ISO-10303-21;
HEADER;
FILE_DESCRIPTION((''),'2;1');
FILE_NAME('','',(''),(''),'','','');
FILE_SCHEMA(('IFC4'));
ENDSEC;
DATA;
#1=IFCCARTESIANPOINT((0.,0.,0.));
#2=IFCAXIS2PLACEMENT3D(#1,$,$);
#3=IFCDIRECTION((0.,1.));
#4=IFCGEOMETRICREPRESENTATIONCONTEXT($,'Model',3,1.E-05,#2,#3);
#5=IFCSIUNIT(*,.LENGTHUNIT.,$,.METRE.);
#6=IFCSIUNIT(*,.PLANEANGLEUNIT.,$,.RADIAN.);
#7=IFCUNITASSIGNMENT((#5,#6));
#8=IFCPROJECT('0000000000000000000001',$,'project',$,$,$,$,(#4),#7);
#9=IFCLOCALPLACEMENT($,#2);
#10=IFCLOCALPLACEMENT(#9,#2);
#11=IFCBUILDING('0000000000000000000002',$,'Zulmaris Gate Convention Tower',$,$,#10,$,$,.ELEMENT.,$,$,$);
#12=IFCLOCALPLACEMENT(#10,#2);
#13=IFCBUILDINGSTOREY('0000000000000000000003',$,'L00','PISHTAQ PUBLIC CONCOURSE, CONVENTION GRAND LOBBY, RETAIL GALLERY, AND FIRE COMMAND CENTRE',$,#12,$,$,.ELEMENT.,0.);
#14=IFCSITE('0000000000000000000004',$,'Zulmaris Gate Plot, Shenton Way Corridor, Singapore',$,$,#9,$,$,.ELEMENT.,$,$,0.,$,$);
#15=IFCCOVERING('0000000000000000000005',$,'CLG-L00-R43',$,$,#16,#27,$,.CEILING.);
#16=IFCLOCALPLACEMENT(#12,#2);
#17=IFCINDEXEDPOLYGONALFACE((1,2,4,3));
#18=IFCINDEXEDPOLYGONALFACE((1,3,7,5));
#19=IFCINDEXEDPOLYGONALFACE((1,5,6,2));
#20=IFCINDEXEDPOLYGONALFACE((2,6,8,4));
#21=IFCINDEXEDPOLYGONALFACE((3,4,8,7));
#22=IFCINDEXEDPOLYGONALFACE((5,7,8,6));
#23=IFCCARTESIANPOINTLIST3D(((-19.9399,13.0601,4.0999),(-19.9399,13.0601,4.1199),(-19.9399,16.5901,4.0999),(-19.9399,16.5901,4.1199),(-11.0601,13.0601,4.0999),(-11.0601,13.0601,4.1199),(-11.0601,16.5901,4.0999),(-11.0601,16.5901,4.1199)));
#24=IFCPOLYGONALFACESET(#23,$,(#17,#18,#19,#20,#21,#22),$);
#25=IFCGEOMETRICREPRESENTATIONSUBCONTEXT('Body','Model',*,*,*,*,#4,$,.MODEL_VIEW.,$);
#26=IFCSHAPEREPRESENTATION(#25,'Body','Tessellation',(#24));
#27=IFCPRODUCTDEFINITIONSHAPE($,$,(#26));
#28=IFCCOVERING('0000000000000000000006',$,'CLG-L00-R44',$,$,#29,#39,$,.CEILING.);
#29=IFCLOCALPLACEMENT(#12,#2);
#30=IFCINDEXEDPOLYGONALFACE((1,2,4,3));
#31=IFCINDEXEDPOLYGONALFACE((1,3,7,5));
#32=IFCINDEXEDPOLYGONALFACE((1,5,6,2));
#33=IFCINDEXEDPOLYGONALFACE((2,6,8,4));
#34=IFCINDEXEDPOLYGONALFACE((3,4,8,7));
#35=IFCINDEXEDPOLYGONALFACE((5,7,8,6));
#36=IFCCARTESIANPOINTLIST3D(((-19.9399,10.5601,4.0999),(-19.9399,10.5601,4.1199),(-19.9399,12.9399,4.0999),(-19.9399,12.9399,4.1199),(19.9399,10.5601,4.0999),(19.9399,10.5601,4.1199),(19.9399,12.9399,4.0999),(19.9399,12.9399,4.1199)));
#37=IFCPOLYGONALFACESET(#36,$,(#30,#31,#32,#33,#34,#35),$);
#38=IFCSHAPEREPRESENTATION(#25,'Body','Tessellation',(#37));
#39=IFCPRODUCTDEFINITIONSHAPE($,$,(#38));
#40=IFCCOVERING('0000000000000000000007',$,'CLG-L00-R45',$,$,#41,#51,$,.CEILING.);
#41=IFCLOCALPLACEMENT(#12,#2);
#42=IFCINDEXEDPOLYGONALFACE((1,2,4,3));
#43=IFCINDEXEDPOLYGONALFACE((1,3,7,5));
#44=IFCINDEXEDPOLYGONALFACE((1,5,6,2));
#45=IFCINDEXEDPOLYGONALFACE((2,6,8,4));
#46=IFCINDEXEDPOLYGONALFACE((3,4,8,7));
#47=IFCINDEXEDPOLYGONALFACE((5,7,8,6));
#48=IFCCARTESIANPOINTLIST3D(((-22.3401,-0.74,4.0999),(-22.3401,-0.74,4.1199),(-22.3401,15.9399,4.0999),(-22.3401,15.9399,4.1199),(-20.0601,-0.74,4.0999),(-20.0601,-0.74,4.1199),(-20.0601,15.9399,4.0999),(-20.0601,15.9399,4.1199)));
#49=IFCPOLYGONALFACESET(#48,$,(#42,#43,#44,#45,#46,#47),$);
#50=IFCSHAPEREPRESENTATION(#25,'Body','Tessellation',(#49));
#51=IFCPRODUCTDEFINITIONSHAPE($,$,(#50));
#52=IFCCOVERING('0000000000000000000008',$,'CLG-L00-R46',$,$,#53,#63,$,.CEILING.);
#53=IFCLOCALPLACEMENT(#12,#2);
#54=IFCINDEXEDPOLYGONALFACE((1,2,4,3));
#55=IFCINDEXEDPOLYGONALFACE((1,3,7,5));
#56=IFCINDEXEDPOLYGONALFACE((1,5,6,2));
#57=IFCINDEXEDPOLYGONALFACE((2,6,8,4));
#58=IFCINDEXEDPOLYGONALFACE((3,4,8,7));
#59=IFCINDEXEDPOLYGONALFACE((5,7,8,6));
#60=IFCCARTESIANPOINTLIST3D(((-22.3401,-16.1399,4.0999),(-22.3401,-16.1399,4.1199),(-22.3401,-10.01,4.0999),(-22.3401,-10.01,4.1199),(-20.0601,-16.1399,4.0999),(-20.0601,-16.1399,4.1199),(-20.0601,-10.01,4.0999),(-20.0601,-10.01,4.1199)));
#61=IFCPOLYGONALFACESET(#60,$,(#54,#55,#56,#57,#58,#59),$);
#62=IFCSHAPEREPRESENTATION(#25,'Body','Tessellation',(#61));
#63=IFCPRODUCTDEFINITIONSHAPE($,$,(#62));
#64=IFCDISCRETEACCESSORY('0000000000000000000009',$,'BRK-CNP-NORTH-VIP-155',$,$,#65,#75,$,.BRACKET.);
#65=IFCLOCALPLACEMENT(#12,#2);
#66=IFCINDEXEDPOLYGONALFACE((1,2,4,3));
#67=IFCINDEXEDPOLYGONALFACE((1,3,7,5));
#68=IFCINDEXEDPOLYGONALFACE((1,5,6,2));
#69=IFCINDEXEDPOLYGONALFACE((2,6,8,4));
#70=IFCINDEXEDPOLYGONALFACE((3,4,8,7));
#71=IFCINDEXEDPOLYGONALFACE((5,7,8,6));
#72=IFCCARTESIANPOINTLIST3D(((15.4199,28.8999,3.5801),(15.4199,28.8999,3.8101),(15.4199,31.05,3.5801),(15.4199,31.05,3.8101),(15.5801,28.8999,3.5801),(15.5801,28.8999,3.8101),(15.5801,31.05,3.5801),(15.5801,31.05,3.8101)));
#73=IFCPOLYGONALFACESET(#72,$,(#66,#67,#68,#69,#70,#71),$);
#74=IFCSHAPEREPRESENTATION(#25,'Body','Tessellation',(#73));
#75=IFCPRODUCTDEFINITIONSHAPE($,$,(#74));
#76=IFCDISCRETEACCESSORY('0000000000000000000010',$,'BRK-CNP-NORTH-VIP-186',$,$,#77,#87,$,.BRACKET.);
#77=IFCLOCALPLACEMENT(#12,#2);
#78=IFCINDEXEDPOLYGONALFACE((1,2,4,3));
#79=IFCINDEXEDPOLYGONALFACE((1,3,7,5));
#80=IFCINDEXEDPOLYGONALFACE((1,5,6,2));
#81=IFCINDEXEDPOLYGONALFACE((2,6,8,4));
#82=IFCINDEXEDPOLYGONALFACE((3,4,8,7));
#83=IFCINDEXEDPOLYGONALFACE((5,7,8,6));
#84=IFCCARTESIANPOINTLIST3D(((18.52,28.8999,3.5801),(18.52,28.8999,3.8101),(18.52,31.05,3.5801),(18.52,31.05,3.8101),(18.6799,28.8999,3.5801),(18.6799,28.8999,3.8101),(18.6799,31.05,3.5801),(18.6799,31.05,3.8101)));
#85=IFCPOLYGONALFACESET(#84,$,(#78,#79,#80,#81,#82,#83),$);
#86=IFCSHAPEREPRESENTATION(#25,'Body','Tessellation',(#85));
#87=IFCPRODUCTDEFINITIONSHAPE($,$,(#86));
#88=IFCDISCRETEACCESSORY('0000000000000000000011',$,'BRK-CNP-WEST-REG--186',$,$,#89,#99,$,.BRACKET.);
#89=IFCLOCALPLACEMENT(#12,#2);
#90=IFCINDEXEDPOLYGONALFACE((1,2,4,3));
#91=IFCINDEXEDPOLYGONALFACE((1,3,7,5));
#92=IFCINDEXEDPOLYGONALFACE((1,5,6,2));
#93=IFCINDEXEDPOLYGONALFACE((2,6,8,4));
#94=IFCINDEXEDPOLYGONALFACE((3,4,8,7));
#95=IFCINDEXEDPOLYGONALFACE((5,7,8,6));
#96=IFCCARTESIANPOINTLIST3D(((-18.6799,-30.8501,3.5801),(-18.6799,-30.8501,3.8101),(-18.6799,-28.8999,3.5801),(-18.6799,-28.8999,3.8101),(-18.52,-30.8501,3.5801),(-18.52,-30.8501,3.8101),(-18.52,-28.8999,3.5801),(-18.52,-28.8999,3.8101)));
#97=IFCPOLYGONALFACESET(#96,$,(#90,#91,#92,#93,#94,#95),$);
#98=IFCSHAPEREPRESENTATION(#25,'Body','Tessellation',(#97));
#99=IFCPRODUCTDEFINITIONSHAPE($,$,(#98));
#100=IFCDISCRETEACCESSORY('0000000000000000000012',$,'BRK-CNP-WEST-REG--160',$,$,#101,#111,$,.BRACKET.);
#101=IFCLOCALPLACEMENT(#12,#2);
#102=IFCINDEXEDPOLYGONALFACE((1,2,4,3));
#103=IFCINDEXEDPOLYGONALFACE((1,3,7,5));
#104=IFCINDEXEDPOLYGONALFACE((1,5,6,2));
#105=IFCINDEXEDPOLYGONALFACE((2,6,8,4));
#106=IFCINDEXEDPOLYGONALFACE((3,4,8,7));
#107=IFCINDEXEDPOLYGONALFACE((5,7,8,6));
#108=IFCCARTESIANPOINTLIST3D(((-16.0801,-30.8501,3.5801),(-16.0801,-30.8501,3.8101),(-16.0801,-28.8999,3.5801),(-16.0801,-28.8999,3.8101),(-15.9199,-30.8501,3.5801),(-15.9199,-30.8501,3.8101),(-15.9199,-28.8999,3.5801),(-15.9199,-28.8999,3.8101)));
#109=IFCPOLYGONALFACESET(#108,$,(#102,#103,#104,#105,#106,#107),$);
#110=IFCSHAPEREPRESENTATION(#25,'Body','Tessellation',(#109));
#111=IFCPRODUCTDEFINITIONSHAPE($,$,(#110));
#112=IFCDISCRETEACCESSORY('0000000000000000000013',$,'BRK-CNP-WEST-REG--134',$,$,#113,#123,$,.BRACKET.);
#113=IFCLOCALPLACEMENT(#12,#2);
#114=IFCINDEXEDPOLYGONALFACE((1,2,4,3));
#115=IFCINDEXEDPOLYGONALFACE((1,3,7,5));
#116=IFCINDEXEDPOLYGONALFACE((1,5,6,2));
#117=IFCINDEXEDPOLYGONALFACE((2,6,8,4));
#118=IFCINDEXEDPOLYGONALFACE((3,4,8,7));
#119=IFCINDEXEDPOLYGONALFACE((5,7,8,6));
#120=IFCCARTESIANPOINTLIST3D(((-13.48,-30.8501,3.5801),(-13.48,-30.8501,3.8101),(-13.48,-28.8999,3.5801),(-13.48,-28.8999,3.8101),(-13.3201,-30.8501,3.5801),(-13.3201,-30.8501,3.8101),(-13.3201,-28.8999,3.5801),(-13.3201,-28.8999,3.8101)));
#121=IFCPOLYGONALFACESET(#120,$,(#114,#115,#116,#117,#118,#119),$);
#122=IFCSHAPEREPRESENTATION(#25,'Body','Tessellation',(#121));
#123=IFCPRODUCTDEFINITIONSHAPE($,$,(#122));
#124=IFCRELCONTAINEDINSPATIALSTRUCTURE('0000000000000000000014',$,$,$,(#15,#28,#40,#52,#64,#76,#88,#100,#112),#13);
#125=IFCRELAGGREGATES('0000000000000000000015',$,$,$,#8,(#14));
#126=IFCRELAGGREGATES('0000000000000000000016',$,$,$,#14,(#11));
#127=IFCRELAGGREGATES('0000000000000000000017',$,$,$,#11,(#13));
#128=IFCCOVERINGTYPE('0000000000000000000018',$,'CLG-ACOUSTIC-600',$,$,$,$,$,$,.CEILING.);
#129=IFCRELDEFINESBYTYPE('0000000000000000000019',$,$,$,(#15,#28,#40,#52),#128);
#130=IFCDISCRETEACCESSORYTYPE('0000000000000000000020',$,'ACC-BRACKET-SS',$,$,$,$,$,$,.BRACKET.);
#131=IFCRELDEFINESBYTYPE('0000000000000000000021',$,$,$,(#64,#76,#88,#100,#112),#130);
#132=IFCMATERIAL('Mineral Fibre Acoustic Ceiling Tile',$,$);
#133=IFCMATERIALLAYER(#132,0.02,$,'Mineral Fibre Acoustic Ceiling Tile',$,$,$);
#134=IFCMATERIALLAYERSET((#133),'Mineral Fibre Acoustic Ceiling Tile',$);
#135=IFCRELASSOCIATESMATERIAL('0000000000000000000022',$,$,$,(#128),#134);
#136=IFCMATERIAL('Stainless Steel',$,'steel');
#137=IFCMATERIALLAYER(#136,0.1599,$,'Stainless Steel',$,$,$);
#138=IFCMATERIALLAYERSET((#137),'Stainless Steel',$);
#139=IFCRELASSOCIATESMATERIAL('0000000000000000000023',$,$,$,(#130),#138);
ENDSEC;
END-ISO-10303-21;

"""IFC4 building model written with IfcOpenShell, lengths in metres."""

from ifc_helpers import new_model, si_unit, direction, frame, origin, place, context, subcontext, project, spatial, polyline, outline, extrude, material, layer, layer_set, type_object, element, save


model = new_model("IFC4")

# Units and contexts
model_context = context("Model", 3, precision=1e-05, world=origin(), true_north=direction((0.0, 1.0)))
body_context = subcontext(model_context, "Body", "Model", "MODEL_VIEW")
ifc_project = project(units=[si_unit("LENGTHUNIT", "METRE"), si_unit("PLANEANGLEUNIT", "RADIAN")], contexts=[model_context])

# Site, building, storey
site_placement = place(None, origin())
site = spatial("IfcSite", under=ifc_project, at=site_placement, Name="Zulmaris Gate Plot, Shenton Way Corridor, Singapore", CompositionType="ELEMENT", RefElevation=0.0)
building_placement = place(site_placement, origin())
building = spatial("IfcBuilding", under=site, at=building_placement, Name="Zulmaris Gate Convention Tower", CompositionType="ELEMENT")
storey_placement = place(building_placement, origin())
storey = spatial("IfcBuildingStorey", under=building, at=storey_placement, Name="L00", Description="PISHTAQ PUBLIC CONCOURSE, CONVENTION GRAND LOBBY, RETAIL GALLERY, AND FIRE COMMAND CENTRE", CompositionType="ELEMENT", Elevation=0.0)

# Coverings
ifc_material_1 = material(Name="Mineral Fibre Acoustic Ceiling Tile")
ifc_layer_1 = layer(ifc_material_1, 0.02, Name="Mineral Fibre Acoustic Ceiling Tile")
ifc_layer_set_1 = layer_set([ifc_layer_1], Name="Mineral Fibre Acoustic Ceiling Tile")
covering_type = type_object("IfcCoveringType", Name="CLG-ACOUSTIC-600", PredefinedType="CEILING", material=ifc_layer_set_1)
covering_1_placement = place(storey_placement, frame((0.0, 0.0, 4.0999)))
element("IfcCovering", 1, at=covering_1_placement, inside=storey, type_object=covering_type, Name="CLG-L00-R43", PredefinedType="CEILING", context=body_context, shape_type="SweptSolid", body=[
    extrude(outline(polyline([(-19.9399, 13.0601), (-11.0601, 13.0601), (-11.0601, 16.5901), (-19.9399, 16.5901), (-19.9399, 13.0601)])), origin(), (0.0, 0.0, 1.0), 0.02),
])
covering_2_placement = place(storey_placement, frame((0.0, 0.0, 4.0999)))
element("IfcCovering", 2, at=covering_2_placement, inside=storey, type_object=covering_type, Name="CLG-L00-R44", PredefinedType="CEILING", context=body_context, shape_type="SweptSolid", body=[
    extrude(outline(polyline([(-19.9399, 10.5601), (19.9399, 10.5601), (19.9399, 12.9399), (-19.9399, 12.9399), (-19.9399, 10.5601)])), origin(), (0.0, 0.0, 1.0), 0.02),
])
covering_3_placement = place(storey_placement, frame((0.0, 0.0, 4.0999)))
element("IfcCovering", 3, at=covering_3_placement, inside=storey, type_object=covering_type, Name="CLG-L00-R45", PredefinedType="CEILING", context=body_context, shape_type="SweptSolid", body=[
    extrude(outline(polyline([(-22.3401, -0.74), (-20.0601, -0.74), (-20.0601, 15.9399), (-22.3401, 15.9399), (-22.3401, -0.74)])), origin(), (0.0, 0.0, 1.0), 0.02),
])
covering_4_placement = place(storey_placement, frame((0.0, 0.0, 4.0999)))
element("IfcCovering", 4, at=covering_4_placement, inside=storey, type_object=covering_type, Name="CLG-L00-R46", PredefinedType="CEILING", context=body_context, shape_type="SweptSolid", body=[
    extrude(outline(polyline([(-22.3401, -16.1399), (-20.0601, -16.1399), (-20.0601, -10.01), (-22.3401, -10.01), (-22.3401, -16.1399)])), origin(), (0.0, 0.0, 1.0), 0.02),
])

# Discrete accessories
ifc_material_2 = material(Name="Stainless Steel", Category="steel")
ifc_layer_2 = layer(ifc_material_2, 0.1599, Name="Stainless Steel")
ifc_layer_set_2 = layer_set([ifc_layer_2], Name="Stainless Steel")
discrete_accessory_type = type_object("IfcDiscreteAccessoryType", Name="ACC-BRACKET-SS", PredefinedType="BRACKET", material=ifc_layer_set_2)
discrete_accessory_1_placement = place(storey_placement, frame((0.0, 0.0, 3.5801)))
element("IfcDiscreteAccessory", 5, at=discrete_accessory_1_placement, inside=storey, type_object=discrete_accessory_type, Name="BRK-CNP-NORTH-VIP-155", PredefinedType="BRACKET", context=body_context, shape_type="SweptSolid", body=[
    extrude(outline(polyline([(15.4199, 28.8999), (15.5801, 28.8999), (15.5801, 31.05), (15.4199, 31.05), (15.4199, 28.8999)])), origin(), (0.0, 0.0, 1.0), 0.23),
])
discrete_accessory_2_placement = place(storey_placement, frame((0.0, 0.0, 3.5801)))
element("IfcDiscreteAccessory", 6, at=discrete_accessory_2_placement, inside=storey, type_object=discrete_accessory_type, Name="BRK-CNP-NORTH-VIP-186", PredefinedType="BRACKET", context=body_context, shape_type="SweptSolid", body=[
    extrude(outline(polyline([(18.52, 28.8999), (18.6799, 28.8999), (18.6799, 31.05), (18.52, 31.05), (18.52, 28.8999)])), origin(), (0.0, 0.0, 1.0), 0.23),
])
discrete_accessory_3_placement = place(storey_placement, frame((0.0, 0.0, 3.5801)))
element("IfcDiscreteAccessory", 7, at=discrete_accessory_3_placement, inside=storey, type_object=discrete_accessory_type, Name="BRK-CNP-WEST-REG--186", PredefinedType="BRACKET", context=body_context, shape_type="SweptSolid", body=[
    extrude(outline(polyline([(-18.6799, -30.8501), (-18.52, -30.8501), (-18.52, -28.8999), (-18.6799, -28.8999), (-18.6799, -30.8501)])), origin(), (0.0, 0.0, 1.0), 0.23),
])
discrete_accessory_4_placement = place(storey_placement, frame((0.0, 0.0, 3.5801)))
element("IfcDiscreteAccessory", 8, at=discrete_accessory_4_placement, inside=storey, type_object=discrete_accessory_type, Name="BRK-CNP-WEST-REG--160", PredefinedType="BRACKET", context=body_context, shape_type="SweptSolid", body=[
    extrude(outline(polyline([(-16.0801, -30.8501), (-15.9199, -30.8501), (-15.9199, -28.8999), (-16.0801, -28.8999), (-16.0801, -30.8501)])), origin(), (0.0, 0.0, 1.0), 0.23),
])
discrete_accessory_5_placement = place(storey_placement, frame((0.0, 0.0, 3.5801)))
element("IfcDiscreteAccessory", 9, at=discrete_accessory_5_placement, inside=storey, type_object=discrete_accessory_type, Name="BRK-CNP-WEST-REG--134", PredefinedType="BRACKET", context=body_context, shape_type="SweptSolid", body=[
    extrude(outline(polyline([(-13.48, -30.8501), (-13.3201, -30.8501), (-13.3201, -28.8999), (-13.48, -28.8999), (-13.48, -30.8501)])), origin(), (0.0, 0.0, 1.0), 0.23),
])

save(model, "model.ifc")
